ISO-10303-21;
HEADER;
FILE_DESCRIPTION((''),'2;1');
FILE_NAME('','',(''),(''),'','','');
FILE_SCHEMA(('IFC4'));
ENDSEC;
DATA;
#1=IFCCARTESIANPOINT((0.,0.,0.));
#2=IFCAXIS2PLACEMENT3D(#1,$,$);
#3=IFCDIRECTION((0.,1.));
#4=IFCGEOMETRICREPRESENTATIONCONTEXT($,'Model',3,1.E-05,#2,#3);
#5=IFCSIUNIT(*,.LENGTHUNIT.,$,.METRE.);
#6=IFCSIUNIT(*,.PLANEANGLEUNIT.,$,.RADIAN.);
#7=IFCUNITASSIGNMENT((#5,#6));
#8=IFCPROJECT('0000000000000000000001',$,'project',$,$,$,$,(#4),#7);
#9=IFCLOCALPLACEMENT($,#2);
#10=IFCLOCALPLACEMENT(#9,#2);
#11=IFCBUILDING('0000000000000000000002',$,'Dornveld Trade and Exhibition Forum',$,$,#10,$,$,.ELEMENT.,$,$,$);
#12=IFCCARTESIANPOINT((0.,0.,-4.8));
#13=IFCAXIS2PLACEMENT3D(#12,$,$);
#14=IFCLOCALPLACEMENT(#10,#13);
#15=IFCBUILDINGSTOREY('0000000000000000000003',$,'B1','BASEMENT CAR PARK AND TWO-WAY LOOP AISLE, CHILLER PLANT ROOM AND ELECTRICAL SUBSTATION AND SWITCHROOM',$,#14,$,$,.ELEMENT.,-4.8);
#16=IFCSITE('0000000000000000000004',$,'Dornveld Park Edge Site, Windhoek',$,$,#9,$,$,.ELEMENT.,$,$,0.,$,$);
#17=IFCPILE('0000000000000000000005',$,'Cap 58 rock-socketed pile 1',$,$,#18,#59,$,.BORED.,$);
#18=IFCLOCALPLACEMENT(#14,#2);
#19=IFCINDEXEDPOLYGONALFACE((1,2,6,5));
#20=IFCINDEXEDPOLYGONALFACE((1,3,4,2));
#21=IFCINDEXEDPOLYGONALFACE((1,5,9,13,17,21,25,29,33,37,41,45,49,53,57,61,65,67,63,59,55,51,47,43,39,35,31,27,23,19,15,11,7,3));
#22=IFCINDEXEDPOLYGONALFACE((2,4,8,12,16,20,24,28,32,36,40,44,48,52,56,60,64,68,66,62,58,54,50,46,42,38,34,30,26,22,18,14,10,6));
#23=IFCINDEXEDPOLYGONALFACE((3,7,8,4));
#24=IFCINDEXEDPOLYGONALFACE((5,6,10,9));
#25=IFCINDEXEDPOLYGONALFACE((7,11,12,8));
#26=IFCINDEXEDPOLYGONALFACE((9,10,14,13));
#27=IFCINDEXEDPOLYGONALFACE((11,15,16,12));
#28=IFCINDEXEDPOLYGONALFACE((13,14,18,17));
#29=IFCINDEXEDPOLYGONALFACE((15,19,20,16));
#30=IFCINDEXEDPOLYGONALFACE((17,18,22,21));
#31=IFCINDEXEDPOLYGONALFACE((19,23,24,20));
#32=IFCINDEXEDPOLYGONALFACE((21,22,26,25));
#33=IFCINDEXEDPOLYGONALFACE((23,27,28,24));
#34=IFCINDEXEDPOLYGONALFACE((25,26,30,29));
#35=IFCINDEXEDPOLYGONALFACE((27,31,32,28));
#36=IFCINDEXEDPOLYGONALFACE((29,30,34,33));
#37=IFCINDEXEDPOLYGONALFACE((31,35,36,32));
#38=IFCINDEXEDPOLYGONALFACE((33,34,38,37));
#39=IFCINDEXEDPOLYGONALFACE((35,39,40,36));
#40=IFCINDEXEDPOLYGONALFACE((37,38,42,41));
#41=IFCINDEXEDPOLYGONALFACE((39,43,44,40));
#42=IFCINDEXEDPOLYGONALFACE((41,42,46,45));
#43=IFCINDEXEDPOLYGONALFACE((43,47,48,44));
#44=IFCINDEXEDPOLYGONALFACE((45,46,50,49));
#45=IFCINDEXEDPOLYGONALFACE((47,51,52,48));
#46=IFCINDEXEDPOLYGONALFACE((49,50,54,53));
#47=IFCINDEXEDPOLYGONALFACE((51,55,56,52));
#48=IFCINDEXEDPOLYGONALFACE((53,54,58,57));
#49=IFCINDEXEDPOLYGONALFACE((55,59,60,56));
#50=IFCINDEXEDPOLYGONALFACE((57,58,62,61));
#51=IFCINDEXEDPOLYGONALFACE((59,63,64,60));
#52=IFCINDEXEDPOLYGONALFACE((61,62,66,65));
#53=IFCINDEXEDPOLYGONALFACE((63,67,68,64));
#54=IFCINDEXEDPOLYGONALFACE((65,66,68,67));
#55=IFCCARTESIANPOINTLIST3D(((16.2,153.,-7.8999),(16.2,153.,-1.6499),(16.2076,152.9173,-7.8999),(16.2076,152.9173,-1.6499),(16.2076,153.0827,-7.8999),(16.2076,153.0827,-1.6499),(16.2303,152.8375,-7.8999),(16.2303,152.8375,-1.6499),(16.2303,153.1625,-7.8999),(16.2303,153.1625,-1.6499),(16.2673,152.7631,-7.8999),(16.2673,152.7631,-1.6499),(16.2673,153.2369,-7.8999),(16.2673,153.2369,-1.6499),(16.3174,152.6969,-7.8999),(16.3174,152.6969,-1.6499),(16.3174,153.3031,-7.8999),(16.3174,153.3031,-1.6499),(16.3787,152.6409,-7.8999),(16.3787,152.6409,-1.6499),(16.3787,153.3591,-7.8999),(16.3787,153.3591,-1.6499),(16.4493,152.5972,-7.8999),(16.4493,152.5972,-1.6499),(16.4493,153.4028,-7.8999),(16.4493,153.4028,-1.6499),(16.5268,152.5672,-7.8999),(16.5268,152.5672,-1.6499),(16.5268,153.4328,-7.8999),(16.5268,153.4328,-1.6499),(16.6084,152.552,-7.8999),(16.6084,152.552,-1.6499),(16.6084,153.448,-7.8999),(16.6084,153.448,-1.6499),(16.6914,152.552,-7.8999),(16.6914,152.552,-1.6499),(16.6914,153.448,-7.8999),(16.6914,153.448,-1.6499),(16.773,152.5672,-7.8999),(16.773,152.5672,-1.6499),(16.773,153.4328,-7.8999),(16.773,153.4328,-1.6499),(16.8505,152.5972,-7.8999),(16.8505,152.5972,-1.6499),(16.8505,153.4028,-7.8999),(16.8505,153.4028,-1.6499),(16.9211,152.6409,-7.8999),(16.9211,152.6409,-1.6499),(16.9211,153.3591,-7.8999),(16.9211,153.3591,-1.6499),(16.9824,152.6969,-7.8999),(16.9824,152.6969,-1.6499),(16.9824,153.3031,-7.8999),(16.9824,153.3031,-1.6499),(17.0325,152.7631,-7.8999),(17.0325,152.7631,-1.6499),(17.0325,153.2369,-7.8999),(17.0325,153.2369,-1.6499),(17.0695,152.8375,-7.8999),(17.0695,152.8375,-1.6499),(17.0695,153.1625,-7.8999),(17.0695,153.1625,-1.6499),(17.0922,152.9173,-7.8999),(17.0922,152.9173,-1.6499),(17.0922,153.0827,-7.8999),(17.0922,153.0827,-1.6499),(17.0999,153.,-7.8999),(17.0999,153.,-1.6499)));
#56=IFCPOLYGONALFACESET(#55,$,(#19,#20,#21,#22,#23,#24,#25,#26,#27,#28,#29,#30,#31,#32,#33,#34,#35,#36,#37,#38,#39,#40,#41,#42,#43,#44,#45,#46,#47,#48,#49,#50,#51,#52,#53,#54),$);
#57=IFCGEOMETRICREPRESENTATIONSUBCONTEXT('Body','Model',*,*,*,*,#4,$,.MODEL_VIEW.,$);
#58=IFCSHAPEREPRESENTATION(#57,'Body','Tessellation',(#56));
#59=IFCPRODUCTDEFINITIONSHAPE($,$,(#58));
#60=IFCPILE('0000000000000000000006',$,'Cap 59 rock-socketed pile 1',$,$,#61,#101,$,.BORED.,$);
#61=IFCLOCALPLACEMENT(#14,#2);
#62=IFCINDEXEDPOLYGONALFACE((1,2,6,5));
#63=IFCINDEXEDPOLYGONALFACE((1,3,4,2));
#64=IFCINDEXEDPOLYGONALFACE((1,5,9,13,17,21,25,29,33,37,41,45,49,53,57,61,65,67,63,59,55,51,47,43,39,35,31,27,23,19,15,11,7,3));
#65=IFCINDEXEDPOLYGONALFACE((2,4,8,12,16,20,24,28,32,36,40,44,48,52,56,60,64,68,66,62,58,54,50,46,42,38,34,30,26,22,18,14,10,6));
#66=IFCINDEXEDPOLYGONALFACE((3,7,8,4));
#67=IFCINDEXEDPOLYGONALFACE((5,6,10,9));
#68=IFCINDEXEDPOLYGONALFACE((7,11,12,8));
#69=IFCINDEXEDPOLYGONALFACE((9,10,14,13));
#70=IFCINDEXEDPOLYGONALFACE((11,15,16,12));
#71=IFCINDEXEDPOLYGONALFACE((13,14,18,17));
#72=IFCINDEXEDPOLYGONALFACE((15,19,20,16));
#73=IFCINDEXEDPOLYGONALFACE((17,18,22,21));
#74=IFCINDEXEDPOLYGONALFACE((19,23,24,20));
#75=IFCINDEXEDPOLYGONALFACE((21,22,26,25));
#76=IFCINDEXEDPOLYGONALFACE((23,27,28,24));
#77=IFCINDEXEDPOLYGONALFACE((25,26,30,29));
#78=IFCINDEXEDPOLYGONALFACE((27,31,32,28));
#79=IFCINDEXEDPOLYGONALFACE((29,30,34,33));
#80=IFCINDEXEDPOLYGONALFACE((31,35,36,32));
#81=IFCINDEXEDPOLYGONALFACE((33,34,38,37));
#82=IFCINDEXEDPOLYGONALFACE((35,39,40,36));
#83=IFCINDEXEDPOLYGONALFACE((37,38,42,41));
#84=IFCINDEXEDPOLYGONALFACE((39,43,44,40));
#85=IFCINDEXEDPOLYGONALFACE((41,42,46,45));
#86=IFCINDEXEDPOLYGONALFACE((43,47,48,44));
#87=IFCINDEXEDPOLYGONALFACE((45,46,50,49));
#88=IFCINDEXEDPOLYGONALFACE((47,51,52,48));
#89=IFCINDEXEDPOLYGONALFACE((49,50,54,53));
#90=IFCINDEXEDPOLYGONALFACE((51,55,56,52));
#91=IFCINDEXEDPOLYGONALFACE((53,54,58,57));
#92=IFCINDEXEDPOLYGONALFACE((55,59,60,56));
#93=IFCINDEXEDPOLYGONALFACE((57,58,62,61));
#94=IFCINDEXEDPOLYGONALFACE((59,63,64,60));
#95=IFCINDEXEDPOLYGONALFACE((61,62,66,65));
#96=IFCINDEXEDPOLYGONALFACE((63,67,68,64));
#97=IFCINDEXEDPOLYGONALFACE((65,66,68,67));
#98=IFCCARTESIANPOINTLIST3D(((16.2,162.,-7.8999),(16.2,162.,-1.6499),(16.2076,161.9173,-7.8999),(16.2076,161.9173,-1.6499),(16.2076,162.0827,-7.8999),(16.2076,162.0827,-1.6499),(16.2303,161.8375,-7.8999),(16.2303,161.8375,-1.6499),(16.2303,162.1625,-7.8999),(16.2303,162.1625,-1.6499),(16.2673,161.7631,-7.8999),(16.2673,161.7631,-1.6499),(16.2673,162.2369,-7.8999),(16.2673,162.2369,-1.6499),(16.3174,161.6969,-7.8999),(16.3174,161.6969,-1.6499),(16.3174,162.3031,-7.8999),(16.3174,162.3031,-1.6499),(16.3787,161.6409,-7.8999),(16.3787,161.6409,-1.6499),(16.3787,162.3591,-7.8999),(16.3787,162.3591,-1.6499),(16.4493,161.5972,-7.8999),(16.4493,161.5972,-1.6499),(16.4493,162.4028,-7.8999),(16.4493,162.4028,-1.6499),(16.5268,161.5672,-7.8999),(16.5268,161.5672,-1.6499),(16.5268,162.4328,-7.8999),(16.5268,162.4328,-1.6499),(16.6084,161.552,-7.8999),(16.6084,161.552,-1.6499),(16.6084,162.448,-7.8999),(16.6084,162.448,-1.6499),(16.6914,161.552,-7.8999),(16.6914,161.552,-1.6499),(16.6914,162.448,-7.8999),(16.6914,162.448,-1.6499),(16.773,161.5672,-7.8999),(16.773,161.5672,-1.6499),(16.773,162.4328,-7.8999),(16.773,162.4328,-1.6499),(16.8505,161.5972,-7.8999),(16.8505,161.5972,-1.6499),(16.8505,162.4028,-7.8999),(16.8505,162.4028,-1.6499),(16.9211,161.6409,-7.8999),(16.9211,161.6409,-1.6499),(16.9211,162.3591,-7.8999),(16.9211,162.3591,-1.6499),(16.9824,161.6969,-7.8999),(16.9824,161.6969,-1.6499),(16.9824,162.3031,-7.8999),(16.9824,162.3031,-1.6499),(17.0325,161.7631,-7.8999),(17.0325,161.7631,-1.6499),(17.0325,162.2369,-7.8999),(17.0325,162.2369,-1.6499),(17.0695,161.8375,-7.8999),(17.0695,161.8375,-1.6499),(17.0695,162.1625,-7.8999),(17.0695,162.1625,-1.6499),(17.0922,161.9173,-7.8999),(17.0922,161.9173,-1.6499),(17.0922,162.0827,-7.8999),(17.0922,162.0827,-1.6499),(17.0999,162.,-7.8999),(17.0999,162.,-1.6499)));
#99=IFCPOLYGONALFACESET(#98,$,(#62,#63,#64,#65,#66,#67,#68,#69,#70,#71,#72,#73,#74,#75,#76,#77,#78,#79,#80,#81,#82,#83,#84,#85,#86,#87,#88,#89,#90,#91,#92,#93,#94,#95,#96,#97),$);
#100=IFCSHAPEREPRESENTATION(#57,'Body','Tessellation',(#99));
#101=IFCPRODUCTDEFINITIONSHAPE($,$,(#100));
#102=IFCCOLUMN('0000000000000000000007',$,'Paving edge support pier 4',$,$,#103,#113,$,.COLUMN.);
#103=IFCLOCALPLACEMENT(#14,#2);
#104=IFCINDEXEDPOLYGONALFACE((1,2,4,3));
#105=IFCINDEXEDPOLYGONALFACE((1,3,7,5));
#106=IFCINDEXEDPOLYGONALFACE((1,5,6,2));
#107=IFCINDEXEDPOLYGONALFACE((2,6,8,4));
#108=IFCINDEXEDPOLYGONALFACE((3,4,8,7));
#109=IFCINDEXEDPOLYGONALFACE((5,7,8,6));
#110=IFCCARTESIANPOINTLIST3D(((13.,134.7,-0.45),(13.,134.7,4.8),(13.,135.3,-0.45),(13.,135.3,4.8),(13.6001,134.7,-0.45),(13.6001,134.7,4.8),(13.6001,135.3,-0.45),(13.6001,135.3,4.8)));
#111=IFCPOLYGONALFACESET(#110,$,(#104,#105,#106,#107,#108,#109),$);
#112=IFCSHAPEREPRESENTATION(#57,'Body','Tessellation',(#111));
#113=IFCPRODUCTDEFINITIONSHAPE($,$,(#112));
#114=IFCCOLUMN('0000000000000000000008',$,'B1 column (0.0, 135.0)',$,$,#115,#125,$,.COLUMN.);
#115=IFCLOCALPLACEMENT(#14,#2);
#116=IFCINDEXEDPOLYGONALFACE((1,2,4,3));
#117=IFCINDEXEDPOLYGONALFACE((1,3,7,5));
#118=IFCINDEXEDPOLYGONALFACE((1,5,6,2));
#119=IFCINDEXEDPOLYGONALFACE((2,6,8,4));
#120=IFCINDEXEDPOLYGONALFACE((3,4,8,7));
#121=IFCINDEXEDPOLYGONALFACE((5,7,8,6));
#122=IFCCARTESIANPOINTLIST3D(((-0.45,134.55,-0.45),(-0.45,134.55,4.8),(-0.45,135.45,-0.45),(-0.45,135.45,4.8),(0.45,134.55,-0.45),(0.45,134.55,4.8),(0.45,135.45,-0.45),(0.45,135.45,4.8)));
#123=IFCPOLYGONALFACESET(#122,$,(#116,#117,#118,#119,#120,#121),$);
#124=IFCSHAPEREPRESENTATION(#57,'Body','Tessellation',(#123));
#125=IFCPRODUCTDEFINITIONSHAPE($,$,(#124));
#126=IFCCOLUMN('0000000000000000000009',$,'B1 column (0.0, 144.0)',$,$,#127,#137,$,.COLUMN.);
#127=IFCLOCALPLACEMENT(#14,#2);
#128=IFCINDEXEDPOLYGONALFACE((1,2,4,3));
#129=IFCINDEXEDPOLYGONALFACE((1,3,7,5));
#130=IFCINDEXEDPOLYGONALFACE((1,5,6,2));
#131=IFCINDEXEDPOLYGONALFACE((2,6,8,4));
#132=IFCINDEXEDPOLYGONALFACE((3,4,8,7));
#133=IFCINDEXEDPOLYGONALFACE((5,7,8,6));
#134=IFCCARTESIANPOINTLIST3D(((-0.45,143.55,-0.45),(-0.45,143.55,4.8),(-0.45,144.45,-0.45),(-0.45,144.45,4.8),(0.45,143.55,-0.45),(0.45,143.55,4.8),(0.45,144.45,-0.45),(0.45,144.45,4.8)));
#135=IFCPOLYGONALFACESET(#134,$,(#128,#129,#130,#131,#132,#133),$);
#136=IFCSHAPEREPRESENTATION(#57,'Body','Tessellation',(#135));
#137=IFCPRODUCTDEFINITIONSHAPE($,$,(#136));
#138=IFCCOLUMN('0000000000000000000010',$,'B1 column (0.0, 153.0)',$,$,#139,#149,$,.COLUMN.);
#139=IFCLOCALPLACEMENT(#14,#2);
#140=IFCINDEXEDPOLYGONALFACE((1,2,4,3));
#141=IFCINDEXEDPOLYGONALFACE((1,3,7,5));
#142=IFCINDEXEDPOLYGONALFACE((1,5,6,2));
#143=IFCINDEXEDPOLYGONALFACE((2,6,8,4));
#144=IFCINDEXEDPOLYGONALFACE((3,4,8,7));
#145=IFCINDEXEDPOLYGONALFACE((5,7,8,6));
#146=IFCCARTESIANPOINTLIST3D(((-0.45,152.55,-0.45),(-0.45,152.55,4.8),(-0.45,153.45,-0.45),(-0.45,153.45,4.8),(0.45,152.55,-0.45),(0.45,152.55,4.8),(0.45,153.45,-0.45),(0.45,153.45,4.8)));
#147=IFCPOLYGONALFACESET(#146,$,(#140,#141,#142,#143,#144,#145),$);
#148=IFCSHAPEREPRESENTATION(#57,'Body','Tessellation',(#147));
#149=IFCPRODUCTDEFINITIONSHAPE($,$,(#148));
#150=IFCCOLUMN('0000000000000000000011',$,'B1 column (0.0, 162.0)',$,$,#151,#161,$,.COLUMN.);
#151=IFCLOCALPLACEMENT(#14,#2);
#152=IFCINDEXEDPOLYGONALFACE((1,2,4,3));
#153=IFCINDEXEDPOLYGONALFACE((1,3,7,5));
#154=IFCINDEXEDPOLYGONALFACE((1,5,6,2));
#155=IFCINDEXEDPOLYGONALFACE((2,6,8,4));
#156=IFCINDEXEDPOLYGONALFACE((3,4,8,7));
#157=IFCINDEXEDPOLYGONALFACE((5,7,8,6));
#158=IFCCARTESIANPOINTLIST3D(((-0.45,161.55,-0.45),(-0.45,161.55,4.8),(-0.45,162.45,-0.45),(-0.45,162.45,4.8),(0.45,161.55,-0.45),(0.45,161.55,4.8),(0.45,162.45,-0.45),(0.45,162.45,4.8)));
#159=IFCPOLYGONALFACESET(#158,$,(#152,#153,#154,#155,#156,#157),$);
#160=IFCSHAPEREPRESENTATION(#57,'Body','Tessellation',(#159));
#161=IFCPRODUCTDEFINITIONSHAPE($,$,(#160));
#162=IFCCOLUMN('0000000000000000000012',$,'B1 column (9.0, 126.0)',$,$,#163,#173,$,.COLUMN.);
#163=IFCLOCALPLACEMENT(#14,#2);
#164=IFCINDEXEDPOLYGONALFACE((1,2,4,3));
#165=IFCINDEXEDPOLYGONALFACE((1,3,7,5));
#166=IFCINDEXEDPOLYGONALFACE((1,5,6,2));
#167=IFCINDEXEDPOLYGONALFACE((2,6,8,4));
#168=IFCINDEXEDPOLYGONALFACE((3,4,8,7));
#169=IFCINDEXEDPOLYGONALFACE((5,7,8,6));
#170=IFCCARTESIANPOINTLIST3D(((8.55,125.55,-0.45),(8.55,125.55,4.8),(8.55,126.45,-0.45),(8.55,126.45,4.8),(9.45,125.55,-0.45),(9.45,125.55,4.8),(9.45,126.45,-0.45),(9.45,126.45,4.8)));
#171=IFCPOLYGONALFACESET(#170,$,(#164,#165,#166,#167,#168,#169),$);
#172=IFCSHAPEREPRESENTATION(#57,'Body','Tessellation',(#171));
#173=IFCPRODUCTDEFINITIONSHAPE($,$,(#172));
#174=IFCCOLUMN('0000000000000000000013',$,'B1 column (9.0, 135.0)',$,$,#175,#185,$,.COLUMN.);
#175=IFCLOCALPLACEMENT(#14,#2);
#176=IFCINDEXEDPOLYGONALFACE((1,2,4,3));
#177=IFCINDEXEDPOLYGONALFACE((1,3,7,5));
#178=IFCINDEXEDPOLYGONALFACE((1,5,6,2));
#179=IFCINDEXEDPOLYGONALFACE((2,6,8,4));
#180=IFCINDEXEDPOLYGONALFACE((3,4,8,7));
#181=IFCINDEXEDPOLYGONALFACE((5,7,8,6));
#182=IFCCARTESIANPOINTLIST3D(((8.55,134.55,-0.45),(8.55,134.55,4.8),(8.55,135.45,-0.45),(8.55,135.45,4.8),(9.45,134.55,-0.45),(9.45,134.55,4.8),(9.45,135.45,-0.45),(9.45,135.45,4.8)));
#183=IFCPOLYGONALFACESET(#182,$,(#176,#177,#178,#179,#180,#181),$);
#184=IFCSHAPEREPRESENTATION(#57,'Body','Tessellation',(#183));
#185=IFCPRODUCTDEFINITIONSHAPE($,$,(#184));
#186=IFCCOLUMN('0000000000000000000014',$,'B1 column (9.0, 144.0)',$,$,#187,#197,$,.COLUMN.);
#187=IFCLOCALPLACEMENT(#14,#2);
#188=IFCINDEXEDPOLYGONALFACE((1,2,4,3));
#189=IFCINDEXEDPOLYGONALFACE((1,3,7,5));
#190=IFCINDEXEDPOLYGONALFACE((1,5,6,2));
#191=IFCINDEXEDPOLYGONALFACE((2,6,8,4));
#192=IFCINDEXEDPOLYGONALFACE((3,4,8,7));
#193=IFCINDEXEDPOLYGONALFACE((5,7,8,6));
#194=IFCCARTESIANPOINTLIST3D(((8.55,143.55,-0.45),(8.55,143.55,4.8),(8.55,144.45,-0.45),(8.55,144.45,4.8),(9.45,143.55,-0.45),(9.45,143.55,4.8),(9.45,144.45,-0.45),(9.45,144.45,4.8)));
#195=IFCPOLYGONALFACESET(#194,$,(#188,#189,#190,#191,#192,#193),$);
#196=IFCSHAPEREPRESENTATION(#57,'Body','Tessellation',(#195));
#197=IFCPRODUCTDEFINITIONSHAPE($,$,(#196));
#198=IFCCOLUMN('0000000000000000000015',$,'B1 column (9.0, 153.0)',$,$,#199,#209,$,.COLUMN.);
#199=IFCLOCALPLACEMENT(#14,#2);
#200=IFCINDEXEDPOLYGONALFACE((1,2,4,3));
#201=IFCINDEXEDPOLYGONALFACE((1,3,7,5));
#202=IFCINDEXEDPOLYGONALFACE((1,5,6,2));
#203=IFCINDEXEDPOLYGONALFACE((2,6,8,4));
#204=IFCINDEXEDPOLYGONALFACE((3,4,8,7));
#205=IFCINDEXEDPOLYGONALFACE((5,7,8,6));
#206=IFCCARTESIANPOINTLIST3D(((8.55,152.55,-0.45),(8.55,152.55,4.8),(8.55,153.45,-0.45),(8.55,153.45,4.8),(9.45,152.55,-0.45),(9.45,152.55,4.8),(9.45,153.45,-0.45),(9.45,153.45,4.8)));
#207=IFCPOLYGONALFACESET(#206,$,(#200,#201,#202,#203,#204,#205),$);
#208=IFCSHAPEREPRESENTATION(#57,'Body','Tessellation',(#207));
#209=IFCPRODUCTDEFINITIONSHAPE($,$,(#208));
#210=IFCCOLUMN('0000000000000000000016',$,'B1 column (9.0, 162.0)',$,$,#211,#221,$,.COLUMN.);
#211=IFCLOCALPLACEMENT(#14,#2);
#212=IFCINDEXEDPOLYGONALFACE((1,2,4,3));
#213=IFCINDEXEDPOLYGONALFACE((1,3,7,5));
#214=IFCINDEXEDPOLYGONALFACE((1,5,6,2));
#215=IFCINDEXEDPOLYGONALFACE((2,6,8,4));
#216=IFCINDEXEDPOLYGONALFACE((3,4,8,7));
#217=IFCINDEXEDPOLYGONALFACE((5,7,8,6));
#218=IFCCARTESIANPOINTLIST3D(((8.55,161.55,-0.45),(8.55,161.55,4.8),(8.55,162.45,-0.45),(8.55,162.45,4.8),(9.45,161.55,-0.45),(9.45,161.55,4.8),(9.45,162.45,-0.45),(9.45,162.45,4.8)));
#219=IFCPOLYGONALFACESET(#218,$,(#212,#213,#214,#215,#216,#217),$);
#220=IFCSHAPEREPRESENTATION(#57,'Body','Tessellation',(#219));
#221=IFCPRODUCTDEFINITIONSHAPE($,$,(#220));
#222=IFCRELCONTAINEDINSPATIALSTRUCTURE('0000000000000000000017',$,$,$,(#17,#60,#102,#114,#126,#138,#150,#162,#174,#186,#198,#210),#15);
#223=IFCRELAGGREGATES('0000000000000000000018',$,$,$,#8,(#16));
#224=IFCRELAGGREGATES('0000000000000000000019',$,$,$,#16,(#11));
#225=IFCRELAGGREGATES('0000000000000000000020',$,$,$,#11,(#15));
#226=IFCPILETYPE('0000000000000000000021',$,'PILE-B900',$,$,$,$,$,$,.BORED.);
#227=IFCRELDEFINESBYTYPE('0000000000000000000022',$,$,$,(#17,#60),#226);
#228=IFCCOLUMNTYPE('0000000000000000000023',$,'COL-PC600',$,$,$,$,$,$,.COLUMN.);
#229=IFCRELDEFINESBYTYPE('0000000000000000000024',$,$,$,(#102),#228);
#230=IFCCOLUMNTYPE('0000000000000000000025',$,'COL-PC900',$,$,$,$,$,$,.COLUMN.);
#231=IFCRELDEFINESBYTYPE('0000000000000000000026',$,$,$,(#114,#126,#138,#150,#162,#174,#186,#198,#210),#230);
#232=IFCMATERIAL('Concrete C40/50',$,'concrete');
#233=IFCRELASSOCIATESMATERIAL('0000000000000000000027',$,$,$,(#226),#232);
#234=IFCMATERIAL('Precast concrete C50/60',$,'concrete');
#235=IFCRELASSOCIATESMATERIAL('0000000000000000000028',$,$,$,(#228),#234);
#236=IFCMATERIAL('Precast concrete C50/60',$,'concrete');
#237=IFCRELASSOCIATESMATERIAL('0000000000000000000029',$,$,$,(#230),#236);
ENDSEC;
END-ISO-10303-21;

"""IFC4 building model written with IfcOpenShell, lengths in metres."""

from ifc_helpers import new_model, si_unit, direction, frame, origin, origin_2d, place, context, subcontext, project, spatial, rectangle, circle, extrude, material, material_profile, profile_set, type_object, element, save


model = new_model("IFC4")

# Units and contexts
model_context = context("Model", 3, precision=1e-05, world=origin(), true_north=direction((0.0, 1.0)))
body_context = subcontext(model_context, "Body", "Model", "MODEL_VIEW")
ifc_project = project(units=[si_unit("LENGTHUNIT", "METRE"), si_unit("PLANEANGLEUNIT", "RADIAN")], contexts=[model_context])

# Site, building, storey
site_placement = place(None, origin())
site = spatial("IfcSite", under=ifc_project, at=site_placement, Name="Dornveld Park Edge Site, Windhoek", CompositionType="ELEMENT", RefElevation=0.0)
building_placement = place(site_placement, origin())
building = spatial("IfcBuilding", under=site, at=building_placement, Name="Dornveld Trade and Exhibition Forum", CompositionType="ELEMENT")
storey_placement = place(building_placement, frame((0.0, 0.0, -4.8)))
storey = spatial("IfcBuildingStorey", under=building, at=storey_placement, Name="B1", Description="BASEMENT CAR PARK AND TWO-WAY LOOP AISLE, CHILLER PLANT ROOM AND ELECTRICAL SUBSTATION AND SWITCHROOM", CompositionType="ELEMENT", Elevation=-4.8)

# Piles
ifc_material_1 = material(Name="Concrete C40/50", Category="concrete")
ifc_material_profile_1 = material_profile(ifc_material_1, circle(Radius=0.45, at=origin_2d()), Name="PILE D900")
ifc_profile_set_1 = profile_set([ifc_material_profile_1], Name="Concrete C40/50")
pile_type = type_object("IfcPileType", Name="PILE-B900", PredefinedType="BORED", material=ifc_profile_set_1)
for number, where, z_axis, x_axis, name in (
    (1, (16.6499, 153.0, -1.6499), (0.0, 0.0, -1.0), (1.0, 0.0, 0.0), "Cap 58 rock-socketed pile 1"),
    (2, (16.6499, 162.0, -1.6499), (0.0, 0.0, -1.0), (1.0, 0.0, 0.0), "Cap 59 rock-socketed pile 1"),
):
    element("IfcPile", number, at=place(storey_placement, frame(where, z_axis=z_axis, x_axis=x_axis)), inside=storey, type_object=pile_type, Name=name, PredefinedType="BORED", context=body_context, shape_type="SweptSolid", body=[
        extrude(circle(Radius=0.45, at=origin_2d()), origin(), (0.0, 0.0, 1.0), 6.25),
    ])

# Columns
ifc_material_2 = material(Name="Precast concrete C50/60", Category="concrete")
ifc_material_profile_2 = material_profile(ifc_material_2, rectangle(XDim=0.6001, YDim=0.6001, at=origin_2d()), Name="PC-COL 600x600")
ifc_profile_set_2 = profile_set([ifc_material_profile_2], Name="Precast concrete C50/60")
column_type_1 = type_object("IfcColumnType", Name="COL-PC600", PredefinedType="COLUMN", material=ifc_profile_set_2)
column_placement = place(storey_placement, frame((13.3, 135.0, -0.45), z_axis=(0.0, 0.0, 1.0), x_axis=(1.0, 0.0, 0.0)))
element("IfcColumn", 3, at=column_placement, inside=storey, type_object=column_type_1, Name="Paving edge support pier 4", PredefinedType="COLUMN", context=body_context, shape_type="SweptSolid", body=[
    extrude(rectangle(XDim=0.6001, YDim=0.6001, at=origin_2d()), origin(), (0.0, 0.0, 1.0), 5.25),
])
ifc_material_3 = material(Name="Precast concrete C50/60", Category="concrete")
ifc_material_profile_3 = material_profile(ifc_material_3, rectangle(XDim=0.8999, YDim=0.8999, at=origin_2d()), Name="PC-COL 900x900")
ifc_profile_set_3 = profile_set([ifc_material_profile_3], Name="Precast concrete C50/60")
column_type_2 = type_object("IfcColumnType", Name="COL-PC900", PredefinedType="COLUMN", material=ifc_profile_set_3)
for number, where, z_axis, x_axis, name in (
    (4, (0.0, 135.0, -0.45), (0.0, 0.0, 1.0), (1.0, 0.0, 0.0), "B1 column (0.0, 135.0)"),
    (5, (0.0, 144.0, -0.45), (0.0, 0.0, 1.0), (1.0, 0.0, 0.0), "B1 column (0.0, 144.0)"),
    (6, (0.0, 153.0, -0.45), (0.0, 0.0, 1.0), (1.0, 0.0, 0.0), "B1 column (0.0, 153.0)"),
    (7, (0.0, 162.0, -0.45), (0.0, 0.0, 1.0), (1.0, 0.0, 0.0), "B1 column (0.0, 162.0)"),
    (8, (9.0, 126.0, -0.45), (0.0, 0.0, 1.0), (1.0, 0.0, 0.0), "B1 column (9.0, 126.0)"),
    (9, (9.0, 135.0, -0.45), (0.0, 0.0, 1.0), (1.0, 0.0, 0.0), "B1 column (9.0, 135.0)"),
    (10, (9.0, 144.0, -0.45), (0.0, 0.0, 1.0), (1.0, 0.0, 0.0), "B1 column (9.0, 144.0)"),
    (11, (9.0, 153.0, -0.45), (0.0, 0.0, 1.0), (1.0, 0.0, 0.0), "B1 column (9.0, 153.0)"),
    (12, (9.0, 162.0, -0.45), (0.0, 0.0, 1.0), (1.0, 0.0, 0.0), "B1 column (9.0, 162.0)"),
):
    element("IfcColumn", number, at=place(storey_placement, frame(where, z_axis=z_axis, x_axis=x_axis)), inside=storey, type_object=column_type_2, Name=name, PredefinedType="COLUMN", context=body_context, shape_type="SweptSolid", body=[
        extrude(rectangle(XDim=0.8999, YDim=0.8999, at=origin_2d()), origin(), (0.0, 0.0, 1.0), 5.25),
    ])

save(model, "model.ifc")
